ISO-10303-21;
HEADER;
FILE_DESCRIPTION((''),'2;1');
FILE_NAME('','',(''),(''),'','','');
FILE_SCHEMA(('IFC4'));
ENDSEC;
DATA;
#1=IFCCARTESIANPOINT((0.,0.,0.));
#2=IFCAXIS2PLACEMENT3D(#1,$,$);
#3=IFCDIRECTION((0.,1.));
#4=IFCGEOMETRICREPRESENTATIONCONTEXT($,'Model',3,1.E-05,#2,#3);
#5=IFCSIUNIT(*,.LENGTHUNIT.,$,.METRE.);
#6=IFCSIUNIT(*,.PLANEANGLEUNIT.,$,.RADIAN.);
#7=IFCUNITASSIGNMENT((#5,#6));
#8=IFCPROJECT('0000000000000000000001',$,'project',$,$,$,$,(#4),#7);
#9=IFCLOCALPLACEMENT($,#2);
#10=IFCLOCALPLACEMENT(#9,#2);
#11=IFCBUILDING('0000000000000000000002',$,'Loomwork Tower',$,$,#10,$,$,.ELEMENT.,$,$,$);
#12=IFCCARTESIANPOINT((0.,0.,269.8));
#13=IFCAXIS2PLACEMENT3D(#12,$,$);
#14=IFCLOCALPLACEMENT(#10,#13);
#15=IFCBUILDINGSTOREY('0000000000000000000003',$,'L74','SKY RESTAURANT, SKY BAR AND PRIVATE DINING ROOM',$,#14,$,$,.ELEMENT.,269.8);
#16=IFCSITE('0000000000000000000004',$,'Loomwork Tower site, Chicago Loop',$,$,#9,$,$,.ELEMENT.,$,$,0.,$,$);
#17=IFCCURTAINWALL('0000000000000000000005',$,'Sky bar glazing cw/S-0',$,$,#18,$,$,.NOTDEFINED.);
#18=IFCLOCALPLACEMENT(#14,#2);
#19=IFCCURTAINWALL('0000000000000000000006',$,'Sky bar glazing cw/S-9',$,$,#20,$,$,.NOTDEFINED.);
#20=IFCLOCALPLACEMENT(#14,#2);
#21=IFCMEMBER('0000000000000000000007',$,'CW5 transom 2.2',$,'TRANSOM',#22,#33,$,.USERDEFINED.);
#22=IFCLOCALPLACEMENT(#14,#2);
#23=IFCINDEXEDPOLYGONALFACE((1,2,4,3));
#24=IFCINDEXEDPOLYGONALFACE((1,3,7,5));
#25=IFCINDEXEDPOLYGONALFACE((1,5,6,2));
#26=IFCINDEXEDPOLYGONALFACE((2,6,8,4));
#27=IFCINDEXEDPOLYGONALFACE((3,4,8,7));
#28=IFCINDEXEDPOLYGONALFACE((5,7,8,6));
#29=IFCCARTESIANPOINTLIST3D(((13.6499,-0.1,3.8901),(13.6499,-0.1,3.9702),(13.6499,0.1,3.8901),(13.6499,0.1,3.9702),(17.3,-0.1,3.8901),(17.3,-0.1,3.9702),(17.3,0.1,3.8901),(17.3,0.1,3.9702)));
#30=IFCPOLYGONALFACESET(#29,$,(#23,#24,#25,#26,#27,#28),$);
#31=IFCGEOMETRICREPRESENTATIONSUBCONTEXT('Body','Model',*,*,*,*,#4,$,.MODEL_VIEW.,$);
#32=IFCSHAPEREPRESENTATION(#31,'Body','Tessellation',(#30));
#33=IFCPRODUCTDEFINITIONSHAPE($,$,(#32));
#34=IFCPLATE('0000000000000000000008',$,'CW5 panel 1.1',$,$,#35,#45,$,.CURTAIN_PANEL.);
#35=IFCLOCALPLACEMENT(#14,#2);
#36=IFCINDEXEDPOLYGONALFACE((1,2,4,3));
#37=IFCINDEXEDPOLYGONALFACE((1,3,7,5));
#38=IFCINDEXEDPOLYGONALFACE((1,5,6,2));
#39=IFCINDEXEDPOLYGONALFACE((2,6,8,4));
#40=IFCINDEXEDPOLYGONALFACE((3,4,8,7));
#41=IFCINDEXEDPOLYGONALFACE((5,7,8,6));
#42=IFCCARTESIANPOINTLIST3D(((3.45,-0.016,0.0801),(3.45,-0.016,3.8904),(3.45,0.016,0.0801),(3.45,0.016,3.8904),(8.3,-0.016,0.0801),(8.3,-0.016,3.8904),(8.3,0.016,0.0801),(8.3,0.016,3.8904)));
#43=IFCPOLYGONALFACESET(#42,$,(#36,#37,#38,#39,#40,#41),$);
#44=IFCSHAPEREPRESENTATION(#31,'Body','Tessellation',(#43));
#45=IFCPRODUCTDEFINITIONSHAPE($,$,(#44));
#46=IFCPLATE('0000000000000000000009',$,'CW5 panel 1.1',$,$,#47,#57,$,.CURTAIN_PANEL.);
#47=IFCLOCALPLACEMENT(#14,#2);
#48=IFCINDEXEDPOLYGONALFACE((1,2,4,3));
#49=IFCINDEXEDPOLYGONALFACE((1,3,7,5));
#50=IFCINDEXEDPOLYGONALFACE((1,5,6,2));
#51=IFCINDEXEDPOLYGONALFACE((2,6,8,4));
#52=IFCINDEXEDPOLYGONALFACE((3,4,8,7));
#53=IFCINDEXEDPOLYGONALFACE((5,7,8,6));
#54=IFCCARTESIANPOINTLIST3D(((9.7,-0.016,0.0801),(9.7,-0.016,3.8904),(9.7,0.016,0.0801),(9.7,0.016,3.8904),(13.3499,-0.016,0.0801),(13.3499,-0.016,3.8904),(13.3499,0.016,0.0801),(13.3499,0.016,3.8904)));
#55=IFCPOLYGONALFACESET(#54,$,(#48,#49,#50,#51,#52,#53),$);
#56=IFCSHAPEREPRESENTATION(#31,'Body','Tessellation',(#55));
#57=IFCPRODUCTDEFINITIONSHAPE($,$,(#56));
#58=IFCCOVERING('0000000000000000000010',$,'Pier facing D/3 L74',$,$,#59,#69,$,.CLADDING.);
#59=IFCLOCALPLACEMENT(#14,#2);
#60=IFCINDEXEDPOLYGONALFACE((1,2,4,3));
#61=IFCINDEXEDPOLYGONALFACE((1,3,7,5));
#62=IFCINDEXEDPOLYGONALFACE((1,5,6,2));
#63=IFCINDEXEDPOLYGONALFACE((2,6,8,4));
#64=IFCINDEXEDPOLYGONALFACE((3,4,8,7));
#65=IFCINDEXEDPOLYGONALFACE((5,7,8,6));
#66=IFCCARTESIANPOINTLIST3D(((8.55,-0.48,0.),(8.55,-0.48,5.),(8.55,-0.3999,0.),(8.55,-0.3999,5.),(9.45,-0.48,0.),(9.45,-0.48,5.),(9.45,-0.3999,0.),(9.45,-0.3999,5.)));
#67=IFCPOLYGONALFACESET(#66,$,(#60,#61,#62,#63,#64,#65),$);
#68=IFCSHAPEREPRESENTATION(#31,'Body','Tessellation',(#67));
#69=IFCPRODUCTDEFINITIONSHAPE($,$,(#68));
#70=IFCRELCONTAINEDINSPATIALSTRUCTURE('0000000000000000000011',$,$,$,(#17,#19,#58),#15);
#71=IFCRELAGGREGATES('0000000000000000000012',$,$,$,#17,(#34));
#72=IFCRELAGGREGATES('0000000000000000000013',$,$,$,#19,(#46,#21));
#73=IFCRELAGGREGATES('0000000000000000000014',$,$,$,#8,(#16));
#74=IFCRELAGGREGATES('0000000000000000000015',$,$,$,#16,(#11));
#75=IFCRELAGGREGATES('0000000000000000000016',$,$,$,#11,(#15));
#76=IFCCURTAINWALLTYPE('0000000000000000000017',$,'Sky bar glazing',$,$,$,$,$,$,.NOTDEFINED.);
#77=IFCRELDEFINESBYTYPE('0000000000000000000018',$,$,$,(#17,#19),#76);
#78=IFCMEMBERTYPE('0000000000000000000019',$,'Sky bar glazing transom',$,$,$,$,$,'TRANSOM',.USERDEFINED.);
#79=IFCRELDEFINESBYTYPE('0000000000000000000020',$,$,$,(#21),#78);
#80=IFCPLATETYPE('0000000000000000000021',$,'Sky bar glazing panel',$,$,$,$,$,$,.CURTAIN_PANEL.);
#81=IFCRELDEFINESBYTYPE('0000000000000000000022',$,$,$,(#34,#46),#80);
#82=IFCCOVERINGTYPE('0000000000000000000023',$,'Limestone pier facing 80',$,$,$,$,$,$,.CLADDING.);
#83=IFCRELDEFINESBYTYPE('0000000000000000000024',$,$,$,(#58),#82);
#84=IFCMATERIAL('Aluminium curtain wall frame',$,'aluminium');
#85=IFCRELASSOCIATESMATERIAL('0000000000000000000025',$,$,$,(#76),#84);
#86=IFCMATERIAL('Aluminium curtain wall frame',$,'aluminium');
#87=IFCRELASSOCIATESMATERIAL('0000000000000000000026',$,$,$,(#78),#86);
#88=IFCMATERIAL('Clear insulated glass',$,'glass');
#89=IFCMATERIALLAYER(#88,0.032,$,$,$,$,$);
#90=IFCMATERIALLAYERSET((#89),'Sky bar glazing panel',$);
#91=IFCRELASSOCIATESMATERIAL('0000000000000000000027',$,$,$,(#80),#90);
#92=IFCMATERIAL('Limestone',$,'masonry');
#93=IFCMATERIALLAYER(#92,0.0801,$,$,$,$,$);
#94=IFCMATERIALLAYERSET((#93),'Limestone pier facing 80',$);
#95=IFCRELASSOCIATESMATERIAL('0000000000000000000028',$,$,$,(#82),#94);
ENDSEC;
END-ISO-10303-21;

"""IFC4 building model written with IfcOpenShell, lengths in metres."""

from ifc_helpers import new_model, si_unit, direction, frame, origin, origin_2d, place, context, subcontext, project, spatial, rectangle, extrude, material, layer, layer_set, material_profile, profile_set, type_object, element, aggregate, save


model = new_model("IFC4")

# Units and contexts
model_context = context("Model", 3, precision=1e-05, world=origin(), true_north=direction((0.0, 1.0)))
body_context = subcontext(model_context, "Body", "Model", "MODEL_VIEW")
ifc_project = project(units=[si_unit("LENGTHUNIT", "METRE"), si_unit("PLANEANGLEUNIT", "RADIAN")], contexts=[model_context])

# Site, building, storey
site_placement = place(None, origin())
site = spatial("IfcSite", under=ifc_project, at=site_placement, Name="Loomwork Tower site, Chicago Loop", CompositionType="ELEMENT", RefElevation=0.0)
building_placement = place(site_placement, origin())
building = spatial("IfcBuilding", under=site, at=building_placement, Name="Loomwork Tower", CompositionType="ELEMENT")
storey_placement = place(building_placement, frame((0.0, 0.0, 269.8)))
storey = spatial("IfcBuildingStorey", under=building, at=storey_placement, Name="L74", Description="SKY RESTAURANT, SKY BAR AND PRIVATE DINING ROOM", CompositionType="ELEMENT", Elevation=269.8)

# Curtain walls
ifc_material_1 = material(Name="Aluminium curtain wall frame", Category="aluminium")
curtain_wall_type = type_object("IfcCurtainWallType", Name="Sky bar glazing", PredefinedType="NOTDEFINED", material=ifc_material_1)
curtain_wall_1_placement = place(storey_placement, origin())
curtain_wall_1 = element("IfcCurtainWall", 1, at=curtain_wall_1_placement, inside=storey, type_object=curtain_wall_type, Name="Sky bar glazing cw/S-0", PredefinedType="NOTDEFINED")
curtain_wall_2_placement = place(storey_placement, origin())
curtain_wall_2 = element("IfcCurtainWall", 2, at=curtain_wall_2_placement, inside=storey, type_object=curtain_wall_type, Name="Sky bar glazing cw/S-9", PredefinedType="NOTDEFINED")

# Member
ifc_material_2 = material(Name="Aluminium curtain wall frame", Category="aluminium")
ifc_material_profile_1 = material_profile(ifc_material_2, rectangle(XDim=0.2, YDim=0.0801, at=origin_2d()), Name="AL 80x200")
ifc_profile_set_1 = profile_set([ifc_material_profile_1], Name="Aluminium curtain wall frame")
member_type_1 = type_object("IfcMemberType", Name="Sky bar glazing transom", ElementType="TRANSOM", PredefinedType="USERDEFINED", material=ifc_profile_set_1)
member_1_placement = place(storey_placement, frame((13.6499, 0.0, 3.9302), z_axis=(1.0, 0.0, 0.0), x_axis=(0.0, 1.0, 0.0)))
member_1 = element("IfcMember", 3, at=member_1_placement, type_object=member_type_1, Name="CW5 transom 2.2", ObjectType="TRANSOM", PredefinedType="USERDEFINED", context=body_context, shape_type="SweptSolid", body=[
    extrude(rectangle(XDim=0.2, YDim=0.0801, at=origin_2d()), origin(), (0.0, 0.0, 1.0), 3.6501),
])

# Plates
ifc_material_3 = material(Name="Clear insulated glass", Category="glass")
ifc_layer_1 = layer(ifc_material_3, 0.032)
ifc_layer_set_1 = layer_set([ifc_layer_1], Name="Sky bar glazing panel")
plate_type = type_object("IfcPlateType", Name="Sky bar glazing panel", PredefinedType="CURTAIN_PANEL", material=ifc_layer_set_1)
plate_1_placement = place(storey_placement, frame((5.875, 0.0, 0.0801), z_axis=(0.0, 0.0, 1.0), x_axis=(1.0, 0.0, 0.0)))
plate_1 = element("IfcPlate", 4, at=plate_1_placement, type_object=plate_type, Name="CW5 panel 1.1", PredefinedType="CURTAIN_PANEL", context=body_context, shape_type="SweptSolid", body=[
    extrude(rectangle(XDim=4.8501, YDim=0.032, at=origin_2d()), origin(), (0.0, 0.0, 1.0), 3.8103),
])
aggregate(curtain_wall_1, [plate_1])
plate_2_placement = place(storey_placement, frame((11.5249, 0.0, 0.0801), z_axis=(0.0, 0.0, 1.0), x_axis=(1.0, 0.0, 0.0)))
plate_2 = element("IfcPlate", 5, at=plate_2_placement, type_object=plate_type, Name="CW5 panel 1.1", PredefinedType="CURTAIN_PANEL", context=body_context, shape_type="SweptSolid", body=[
    extrude(rectangle(XDim=3.6499, YDim=0.032, at=origin_2d()), origin(), (0.0, 0.0, 1.0), 3.8103),
])
aggregate(curtain_wall_2, [plate_2, member_1])

# Covering
ifc_material_4 = material(Name="Limestone", Category="masonry")
ifc_layer_2 = layer(ifc_material_4, 0.0801)
ifc_layer_set_2 = layer_set([ifc_layer_2], Name="Limestone pier facing 80")
covering_type = type_object("IfcCoveringType", Name="Limestone pier facing 80", PredefinedType="CLADDING", material=ifc_layer_set_2)
covering_placement = place(storey_placement, frame((9.0, -0.4399, 0.0), z_axis=(0.0, 0.0, 1.0), x_axis=(1.0, 0.0, 0.0)))
element("IfcCovering", 6, at=covering_placement, inside=storey, type_object=covering_type, Name="Pier facing D/3 L74", PredefinedType="CLADDING", context=body_context, shape_type="SweptSolid", body=[
    extrude(rectangle(XDim=0.8999, YDim=0.0801, at=origin_2d()), origin(), (0.0, 0.0, 1.0), 5.0),
])

save(model, "model.ifc")
